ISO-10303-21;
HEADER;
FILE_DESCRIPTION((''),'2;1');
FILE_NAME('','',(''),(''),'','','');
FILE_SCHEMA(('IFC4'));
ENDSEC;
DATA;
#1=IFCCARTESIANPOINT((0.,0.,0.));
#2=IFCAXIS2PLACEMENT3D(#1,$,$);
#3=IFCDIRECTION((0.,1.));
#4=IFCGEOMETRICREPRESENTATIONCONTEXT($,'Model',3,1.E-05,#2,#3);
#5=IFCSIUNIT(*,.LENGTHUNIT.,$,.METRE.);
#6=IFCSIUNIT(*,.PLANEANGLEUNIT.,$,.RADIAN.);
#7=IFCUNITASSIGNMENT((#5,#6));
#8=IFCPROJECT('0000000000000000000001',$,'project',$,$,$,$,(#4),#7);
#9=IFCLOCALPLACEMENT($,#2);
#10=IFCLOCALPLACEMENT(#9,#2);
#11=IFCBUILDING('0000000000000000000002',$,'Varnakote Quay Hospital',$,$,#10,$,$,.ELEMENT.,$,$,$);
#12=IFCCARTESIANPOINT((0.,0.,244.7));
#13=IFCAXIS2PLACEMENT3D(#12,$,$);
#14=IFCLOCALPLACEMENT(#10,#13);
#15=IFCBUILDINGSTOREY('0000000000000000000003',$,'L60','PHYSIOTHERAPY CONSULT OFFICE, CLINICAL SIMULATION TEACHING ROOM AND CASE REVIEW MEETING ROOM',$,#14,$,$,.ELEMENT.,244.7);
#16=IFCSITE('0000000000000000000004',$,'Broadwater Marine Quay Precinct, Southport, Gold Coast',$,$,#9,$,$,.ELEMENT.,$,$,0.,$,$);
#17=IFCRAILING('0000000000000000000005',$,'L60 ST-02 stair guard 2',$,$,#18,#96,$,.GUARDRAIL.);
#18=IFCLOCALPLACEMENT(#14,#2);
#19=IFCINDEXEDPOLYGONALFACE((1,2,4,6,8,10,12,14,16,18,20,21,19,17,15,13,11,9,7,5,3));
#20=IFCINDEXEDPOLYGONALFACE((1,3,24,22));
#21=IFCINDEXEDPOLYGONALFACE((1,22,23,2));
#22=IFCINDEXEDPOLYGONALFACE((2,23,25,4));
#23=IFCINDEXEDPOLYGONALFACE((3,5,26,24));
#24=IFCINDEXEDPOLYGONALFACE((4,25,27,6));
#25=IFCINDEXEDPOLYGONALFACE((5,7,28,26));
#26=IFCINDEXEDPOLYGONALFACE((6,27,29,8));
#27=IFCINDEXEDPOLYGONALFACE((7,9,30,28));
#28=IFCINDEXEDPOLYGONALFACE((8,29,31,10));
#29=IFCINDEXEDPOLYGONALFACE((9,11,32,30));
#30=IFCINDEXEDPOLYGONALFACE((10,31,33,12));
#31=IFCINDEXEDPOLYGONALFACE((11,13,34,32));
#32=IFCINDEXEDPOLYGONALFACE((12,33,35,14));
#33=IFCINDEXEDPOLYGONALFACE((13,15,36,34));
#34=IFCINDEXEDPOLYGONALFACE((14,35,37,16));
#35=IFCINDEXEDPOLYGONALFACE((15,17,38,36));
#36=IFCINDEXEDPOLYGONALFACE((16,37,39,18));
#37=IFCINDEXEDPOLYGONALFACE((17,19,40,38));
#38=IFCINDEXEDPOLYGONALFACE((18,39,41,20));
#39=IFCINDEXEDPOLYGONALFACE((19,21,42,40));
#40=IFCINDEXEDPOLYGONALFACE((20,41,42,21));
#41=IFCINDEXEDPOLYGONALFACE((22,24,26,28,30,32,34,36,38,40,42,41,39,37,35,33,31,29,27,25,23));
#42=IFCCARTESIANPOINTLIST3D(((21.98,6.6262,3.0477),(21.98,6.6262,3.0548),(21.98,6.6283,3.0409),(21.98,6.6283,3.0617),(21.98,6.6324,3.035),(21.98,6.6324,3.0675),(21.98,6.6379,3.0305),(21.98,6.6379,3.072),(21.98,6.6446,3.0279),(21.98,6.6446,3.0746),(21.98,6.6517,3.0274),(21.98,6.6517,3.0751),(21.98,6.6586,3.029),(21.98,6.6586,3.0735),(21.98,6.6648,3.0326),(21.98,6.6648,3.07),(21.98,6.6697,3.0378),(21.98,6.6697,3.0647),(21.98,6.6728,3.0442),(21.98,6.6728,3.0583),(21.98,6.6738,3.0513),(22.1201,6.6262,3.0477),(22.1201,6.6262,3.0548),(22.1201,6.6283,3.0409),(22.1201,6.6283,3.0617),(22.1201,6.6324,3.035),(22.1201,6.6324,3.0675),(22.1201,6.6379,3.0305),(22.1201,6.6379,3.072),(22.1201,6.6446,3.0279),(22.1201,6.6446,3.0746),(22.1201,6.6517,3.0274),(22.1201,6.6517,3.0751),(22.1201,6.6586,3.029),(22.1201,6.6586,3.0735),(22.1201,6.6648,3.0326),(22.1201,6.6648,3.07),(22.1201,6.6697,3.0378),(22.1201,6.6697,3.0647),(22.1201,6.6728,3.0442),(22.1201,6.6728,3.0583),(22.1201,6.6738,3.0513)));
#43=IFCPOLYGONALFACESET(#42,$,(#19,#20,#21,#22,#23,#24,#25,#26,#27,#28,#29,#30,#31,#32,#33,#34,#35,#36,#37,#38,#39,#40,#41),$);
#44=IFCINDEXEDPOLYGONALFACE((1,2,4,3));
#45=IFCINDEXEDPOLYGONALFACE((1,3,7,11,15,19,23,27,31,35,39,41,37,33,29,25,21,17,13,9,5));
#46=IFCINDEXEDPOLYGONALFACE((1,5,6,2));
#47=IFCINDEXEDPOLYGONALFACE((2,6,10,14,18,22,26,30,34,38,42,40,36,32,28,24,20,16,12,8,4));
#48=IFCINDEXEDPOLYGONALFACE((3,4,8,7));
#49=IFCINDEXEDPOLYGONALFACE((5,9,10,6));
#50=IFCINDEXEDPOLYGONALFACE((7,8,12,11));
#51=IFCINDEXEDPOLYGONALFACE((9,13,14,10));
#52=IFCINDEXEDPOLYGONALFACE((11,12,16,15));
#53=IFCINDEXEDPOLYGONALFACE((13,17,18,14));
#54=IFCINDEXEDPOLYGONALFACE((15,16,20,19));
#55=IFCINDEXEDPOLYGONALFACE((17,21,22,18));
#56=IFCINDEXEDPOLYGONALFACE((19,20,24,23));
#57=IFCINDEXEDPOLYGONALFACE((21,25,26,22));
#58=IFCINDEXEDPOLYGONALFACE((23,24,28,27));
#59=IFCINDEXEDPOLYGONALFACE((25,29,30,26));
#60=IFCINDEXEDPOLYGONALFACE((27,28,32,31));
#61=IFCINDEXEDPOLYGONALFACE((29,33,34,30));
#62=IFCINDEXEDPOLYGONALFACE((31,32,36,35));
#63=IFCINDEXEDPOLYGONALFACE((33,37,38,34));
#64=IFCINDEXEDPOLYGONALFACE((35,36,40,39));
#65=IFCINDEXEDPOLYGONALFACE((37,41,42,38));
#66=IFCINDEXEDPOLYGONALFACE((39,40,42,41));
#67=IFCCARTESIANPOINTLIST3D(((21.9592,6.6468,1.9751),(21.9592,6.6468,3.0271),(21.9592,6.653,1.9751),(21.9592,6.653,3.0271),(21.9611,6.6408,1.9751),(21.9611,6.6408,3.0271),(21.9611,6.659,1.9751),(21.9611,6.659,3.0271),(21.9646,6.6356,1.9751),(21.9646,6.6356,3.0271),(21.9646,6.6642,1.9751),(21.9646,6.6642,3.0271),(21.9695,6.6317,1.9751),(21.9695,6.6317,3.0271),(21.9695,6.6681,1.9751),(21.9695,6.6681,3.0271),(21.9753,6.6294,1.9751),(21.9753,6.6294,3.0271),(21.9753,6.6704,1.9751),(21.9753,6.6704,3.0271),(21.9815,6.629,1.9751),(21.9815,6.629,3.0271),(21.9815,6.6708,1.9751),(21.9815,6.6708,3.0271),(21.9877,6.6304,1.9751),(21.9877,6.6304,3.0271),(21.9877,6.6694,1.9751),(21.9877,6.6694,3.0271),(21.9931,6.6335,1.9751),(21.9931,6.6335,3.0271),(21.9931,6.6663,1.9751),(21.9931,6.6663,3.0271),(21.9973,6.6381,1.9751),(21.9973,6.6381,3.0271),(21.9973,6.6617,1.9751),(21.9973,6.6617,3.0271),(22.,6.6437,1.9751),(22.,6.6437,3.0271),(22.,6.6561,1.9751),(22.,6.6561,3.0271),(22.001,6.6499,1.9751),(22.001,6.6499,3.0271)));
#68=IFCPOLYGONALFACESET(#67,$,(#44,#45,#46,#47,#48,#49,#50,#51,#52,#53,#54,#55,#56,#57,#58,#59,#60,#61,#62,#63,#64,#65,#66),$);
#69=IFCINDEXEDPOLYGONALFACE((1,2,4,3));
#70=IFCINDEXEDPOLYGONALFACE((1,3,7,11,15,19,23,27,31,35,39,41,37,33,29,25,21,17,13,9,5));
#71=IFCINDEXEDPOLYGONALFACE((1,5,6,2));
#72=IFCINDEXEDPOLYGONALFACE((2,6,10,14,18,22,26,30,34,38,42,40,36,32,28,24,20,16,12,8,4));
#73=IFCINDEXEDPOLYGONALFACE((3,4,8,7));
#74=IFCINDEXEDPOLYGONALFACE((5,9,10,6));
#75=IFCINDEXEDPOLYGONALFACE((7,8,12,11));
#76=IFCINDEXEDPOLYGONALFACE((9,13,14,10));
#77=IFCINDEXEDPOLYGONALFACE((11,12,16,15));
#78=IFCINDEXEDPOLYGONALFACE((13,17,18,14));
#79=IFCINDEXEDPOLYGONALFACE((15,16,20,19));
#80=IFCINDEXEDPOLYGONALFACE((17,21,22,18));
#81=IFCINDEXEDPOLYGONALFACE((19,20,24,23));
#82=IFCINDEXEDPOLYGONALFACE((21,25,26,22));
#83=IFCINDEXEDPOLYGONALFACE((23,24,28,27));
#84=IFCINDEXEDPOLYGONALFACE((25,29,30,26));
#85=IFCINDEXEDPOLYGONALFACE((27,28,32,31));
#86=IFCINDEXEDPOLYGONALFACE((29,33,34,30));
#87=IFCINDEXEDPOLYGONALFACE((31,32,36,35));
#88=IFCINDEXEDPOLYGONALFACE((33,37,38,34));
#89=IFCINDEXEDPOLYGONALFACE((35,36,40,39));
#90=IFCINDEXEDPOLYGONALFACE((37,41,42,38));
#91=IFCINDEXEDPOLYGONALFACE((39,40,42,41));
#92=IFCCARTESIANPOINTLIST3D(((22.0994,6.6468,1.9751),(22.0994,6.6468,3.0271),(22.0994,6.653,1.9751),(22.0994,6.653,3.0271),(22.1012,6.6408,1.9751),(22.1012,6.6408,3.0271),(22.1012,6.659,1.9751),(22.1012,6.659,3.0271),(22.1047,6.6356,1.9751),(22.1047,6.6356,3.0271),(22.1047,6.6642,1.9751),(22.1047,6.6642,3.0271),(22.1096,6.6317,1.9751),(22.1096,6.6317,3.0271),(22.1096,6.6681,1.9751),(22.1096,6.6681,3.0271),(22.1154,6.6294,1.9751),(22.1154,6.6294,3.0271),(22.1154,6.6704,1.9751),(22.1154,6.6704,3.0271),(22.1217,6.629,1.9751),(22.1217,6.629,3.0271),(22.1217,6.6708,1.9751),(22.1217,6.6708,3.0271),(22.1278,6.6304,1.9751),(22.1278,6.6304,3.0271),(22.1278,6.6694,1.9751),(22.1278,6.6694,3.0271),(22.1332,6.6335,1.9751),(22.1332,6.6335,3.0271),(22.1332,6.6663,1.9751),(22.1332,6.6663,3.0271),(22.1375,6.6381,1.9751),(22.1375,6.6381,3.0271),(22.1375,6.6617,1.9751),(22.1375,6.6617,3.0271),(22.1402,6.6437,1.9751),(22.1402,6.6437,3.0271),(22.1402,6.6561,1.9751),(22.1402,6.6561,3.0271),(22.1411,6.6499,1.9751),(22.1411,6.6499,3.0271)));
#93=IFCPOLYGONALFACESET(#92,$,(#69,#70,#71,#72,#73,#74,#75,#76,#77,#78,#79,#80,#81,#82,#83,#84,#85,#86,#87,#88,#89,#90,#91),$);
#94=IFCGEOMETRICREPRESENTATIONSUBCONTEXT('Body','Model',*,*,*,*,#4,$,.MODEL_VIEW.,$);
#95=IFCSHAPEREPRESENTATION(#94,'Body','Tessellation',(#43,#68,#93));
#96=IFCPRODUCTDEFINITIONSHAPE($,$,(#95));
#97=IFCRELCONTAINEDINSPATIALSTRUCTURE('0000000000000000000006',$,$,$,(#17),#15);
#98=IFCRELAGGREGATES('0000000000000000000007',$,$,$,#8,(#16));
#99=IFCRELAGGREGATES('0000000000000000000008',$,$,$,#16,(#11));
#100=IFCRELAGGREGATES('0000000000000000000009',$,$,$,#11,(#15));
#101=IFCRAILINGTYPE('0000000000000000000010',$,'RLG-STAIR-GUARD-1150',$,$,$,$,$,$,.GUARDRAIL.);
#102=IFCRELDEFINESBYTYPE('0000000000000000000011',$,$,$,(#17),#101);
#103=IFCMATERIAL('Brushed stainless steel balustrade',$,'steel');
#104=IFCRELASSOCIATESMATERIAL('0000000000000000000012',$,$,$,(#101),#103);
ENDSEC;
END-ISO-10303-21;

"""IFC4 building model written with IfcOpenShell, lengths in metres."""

from ifc_helpers import new_model, si_unit, direction, frame, origin, origin_2d, place, context, subcontext, project, spatial, circle, extrude, material, type_object, element, save


model = new_model("IFC4")

# Units and contexts
model_context = context("Model", 3, precision=1e-05, world=origin(), true_north=direction((0.0, 1.0)))
body_context = subcontext(model_context, "Body", "Model", "MODEL_VIEW")
ifc_project = project(units=[si_unit("LENGTHUNIT", "METRE"), si_unit("PLANEANGLEUNIT", "RADIAN")], contexts=[model_context])

# Site, building, storey
site_placement = place(None, origin())
site = spatial("IfcSite", under=ifc_project, at=site_placement, Name="Broadwater Marine Quay Precinct, Southport, Gold Coast", CompositionType="ELEMENT", RefElevation=0.0)
building_placement = place(site_placement, origin())
building = spatial("IfcBuilding", under=site, at=building_placement, Name="Varnakote Quay Hospital", CompositionType="ELEMENT")
storey_placement = place(building_placement, frame((0.0, 0.0, 244.7)))
storey = spatial("IfcBuildingStorey", under=building, at=storey_placement, Name="L60", Description="PHYSIOTHERAPY CONSULT OFFICE, CLINICAL SIMULATION TEACHING ROOM AND CASE REVIEW MEETING ROOM", CompositionType="ELEMENT", Elevation=244.7)

# Railing
ifc_material_1 = material(Name="Brushed stainless steel balustrade", Category="steel")
railing_type_1 = type_object("IfcRailingType", Name="RLG-STAIR-GUARD-1150", PredefinedType="GUARDRAIL", material=ifc_material_1)
railing_1_placement = place(storey_placement, frame((21.98, 6.6499, 1.9751)))
element("IfcRailing", 1, at=railing_1_placement, inside=storey, type_object=railing_type_1, Name="L60 ST-02 stair guard 2", PredefinedType="GUARDRAIL", context=body_context, shape_type="SweptSolid", body=[
    extrude(circle(Radius=0.0239, at=origin_2d()), frame((0.0, 0.0, 1.0762), z_axis=(1.0, 0.0, 0.0), x_axis=(0.0, 1.0, 0.0)), (0.0, 0.0, 1.0), 0.1401),
    extrude(circle(Radius=0.021, at=origin_2d()), origin(), (0.0, 0.0, 1.0), 1.052),
    extrude(circle(Radius=0.021, at=origin_2d()), frame((0.1401, 0.0, 0.0)), (0.0, 0.0, 1.0), 1.052),
])

save(model, "model.ifc")
